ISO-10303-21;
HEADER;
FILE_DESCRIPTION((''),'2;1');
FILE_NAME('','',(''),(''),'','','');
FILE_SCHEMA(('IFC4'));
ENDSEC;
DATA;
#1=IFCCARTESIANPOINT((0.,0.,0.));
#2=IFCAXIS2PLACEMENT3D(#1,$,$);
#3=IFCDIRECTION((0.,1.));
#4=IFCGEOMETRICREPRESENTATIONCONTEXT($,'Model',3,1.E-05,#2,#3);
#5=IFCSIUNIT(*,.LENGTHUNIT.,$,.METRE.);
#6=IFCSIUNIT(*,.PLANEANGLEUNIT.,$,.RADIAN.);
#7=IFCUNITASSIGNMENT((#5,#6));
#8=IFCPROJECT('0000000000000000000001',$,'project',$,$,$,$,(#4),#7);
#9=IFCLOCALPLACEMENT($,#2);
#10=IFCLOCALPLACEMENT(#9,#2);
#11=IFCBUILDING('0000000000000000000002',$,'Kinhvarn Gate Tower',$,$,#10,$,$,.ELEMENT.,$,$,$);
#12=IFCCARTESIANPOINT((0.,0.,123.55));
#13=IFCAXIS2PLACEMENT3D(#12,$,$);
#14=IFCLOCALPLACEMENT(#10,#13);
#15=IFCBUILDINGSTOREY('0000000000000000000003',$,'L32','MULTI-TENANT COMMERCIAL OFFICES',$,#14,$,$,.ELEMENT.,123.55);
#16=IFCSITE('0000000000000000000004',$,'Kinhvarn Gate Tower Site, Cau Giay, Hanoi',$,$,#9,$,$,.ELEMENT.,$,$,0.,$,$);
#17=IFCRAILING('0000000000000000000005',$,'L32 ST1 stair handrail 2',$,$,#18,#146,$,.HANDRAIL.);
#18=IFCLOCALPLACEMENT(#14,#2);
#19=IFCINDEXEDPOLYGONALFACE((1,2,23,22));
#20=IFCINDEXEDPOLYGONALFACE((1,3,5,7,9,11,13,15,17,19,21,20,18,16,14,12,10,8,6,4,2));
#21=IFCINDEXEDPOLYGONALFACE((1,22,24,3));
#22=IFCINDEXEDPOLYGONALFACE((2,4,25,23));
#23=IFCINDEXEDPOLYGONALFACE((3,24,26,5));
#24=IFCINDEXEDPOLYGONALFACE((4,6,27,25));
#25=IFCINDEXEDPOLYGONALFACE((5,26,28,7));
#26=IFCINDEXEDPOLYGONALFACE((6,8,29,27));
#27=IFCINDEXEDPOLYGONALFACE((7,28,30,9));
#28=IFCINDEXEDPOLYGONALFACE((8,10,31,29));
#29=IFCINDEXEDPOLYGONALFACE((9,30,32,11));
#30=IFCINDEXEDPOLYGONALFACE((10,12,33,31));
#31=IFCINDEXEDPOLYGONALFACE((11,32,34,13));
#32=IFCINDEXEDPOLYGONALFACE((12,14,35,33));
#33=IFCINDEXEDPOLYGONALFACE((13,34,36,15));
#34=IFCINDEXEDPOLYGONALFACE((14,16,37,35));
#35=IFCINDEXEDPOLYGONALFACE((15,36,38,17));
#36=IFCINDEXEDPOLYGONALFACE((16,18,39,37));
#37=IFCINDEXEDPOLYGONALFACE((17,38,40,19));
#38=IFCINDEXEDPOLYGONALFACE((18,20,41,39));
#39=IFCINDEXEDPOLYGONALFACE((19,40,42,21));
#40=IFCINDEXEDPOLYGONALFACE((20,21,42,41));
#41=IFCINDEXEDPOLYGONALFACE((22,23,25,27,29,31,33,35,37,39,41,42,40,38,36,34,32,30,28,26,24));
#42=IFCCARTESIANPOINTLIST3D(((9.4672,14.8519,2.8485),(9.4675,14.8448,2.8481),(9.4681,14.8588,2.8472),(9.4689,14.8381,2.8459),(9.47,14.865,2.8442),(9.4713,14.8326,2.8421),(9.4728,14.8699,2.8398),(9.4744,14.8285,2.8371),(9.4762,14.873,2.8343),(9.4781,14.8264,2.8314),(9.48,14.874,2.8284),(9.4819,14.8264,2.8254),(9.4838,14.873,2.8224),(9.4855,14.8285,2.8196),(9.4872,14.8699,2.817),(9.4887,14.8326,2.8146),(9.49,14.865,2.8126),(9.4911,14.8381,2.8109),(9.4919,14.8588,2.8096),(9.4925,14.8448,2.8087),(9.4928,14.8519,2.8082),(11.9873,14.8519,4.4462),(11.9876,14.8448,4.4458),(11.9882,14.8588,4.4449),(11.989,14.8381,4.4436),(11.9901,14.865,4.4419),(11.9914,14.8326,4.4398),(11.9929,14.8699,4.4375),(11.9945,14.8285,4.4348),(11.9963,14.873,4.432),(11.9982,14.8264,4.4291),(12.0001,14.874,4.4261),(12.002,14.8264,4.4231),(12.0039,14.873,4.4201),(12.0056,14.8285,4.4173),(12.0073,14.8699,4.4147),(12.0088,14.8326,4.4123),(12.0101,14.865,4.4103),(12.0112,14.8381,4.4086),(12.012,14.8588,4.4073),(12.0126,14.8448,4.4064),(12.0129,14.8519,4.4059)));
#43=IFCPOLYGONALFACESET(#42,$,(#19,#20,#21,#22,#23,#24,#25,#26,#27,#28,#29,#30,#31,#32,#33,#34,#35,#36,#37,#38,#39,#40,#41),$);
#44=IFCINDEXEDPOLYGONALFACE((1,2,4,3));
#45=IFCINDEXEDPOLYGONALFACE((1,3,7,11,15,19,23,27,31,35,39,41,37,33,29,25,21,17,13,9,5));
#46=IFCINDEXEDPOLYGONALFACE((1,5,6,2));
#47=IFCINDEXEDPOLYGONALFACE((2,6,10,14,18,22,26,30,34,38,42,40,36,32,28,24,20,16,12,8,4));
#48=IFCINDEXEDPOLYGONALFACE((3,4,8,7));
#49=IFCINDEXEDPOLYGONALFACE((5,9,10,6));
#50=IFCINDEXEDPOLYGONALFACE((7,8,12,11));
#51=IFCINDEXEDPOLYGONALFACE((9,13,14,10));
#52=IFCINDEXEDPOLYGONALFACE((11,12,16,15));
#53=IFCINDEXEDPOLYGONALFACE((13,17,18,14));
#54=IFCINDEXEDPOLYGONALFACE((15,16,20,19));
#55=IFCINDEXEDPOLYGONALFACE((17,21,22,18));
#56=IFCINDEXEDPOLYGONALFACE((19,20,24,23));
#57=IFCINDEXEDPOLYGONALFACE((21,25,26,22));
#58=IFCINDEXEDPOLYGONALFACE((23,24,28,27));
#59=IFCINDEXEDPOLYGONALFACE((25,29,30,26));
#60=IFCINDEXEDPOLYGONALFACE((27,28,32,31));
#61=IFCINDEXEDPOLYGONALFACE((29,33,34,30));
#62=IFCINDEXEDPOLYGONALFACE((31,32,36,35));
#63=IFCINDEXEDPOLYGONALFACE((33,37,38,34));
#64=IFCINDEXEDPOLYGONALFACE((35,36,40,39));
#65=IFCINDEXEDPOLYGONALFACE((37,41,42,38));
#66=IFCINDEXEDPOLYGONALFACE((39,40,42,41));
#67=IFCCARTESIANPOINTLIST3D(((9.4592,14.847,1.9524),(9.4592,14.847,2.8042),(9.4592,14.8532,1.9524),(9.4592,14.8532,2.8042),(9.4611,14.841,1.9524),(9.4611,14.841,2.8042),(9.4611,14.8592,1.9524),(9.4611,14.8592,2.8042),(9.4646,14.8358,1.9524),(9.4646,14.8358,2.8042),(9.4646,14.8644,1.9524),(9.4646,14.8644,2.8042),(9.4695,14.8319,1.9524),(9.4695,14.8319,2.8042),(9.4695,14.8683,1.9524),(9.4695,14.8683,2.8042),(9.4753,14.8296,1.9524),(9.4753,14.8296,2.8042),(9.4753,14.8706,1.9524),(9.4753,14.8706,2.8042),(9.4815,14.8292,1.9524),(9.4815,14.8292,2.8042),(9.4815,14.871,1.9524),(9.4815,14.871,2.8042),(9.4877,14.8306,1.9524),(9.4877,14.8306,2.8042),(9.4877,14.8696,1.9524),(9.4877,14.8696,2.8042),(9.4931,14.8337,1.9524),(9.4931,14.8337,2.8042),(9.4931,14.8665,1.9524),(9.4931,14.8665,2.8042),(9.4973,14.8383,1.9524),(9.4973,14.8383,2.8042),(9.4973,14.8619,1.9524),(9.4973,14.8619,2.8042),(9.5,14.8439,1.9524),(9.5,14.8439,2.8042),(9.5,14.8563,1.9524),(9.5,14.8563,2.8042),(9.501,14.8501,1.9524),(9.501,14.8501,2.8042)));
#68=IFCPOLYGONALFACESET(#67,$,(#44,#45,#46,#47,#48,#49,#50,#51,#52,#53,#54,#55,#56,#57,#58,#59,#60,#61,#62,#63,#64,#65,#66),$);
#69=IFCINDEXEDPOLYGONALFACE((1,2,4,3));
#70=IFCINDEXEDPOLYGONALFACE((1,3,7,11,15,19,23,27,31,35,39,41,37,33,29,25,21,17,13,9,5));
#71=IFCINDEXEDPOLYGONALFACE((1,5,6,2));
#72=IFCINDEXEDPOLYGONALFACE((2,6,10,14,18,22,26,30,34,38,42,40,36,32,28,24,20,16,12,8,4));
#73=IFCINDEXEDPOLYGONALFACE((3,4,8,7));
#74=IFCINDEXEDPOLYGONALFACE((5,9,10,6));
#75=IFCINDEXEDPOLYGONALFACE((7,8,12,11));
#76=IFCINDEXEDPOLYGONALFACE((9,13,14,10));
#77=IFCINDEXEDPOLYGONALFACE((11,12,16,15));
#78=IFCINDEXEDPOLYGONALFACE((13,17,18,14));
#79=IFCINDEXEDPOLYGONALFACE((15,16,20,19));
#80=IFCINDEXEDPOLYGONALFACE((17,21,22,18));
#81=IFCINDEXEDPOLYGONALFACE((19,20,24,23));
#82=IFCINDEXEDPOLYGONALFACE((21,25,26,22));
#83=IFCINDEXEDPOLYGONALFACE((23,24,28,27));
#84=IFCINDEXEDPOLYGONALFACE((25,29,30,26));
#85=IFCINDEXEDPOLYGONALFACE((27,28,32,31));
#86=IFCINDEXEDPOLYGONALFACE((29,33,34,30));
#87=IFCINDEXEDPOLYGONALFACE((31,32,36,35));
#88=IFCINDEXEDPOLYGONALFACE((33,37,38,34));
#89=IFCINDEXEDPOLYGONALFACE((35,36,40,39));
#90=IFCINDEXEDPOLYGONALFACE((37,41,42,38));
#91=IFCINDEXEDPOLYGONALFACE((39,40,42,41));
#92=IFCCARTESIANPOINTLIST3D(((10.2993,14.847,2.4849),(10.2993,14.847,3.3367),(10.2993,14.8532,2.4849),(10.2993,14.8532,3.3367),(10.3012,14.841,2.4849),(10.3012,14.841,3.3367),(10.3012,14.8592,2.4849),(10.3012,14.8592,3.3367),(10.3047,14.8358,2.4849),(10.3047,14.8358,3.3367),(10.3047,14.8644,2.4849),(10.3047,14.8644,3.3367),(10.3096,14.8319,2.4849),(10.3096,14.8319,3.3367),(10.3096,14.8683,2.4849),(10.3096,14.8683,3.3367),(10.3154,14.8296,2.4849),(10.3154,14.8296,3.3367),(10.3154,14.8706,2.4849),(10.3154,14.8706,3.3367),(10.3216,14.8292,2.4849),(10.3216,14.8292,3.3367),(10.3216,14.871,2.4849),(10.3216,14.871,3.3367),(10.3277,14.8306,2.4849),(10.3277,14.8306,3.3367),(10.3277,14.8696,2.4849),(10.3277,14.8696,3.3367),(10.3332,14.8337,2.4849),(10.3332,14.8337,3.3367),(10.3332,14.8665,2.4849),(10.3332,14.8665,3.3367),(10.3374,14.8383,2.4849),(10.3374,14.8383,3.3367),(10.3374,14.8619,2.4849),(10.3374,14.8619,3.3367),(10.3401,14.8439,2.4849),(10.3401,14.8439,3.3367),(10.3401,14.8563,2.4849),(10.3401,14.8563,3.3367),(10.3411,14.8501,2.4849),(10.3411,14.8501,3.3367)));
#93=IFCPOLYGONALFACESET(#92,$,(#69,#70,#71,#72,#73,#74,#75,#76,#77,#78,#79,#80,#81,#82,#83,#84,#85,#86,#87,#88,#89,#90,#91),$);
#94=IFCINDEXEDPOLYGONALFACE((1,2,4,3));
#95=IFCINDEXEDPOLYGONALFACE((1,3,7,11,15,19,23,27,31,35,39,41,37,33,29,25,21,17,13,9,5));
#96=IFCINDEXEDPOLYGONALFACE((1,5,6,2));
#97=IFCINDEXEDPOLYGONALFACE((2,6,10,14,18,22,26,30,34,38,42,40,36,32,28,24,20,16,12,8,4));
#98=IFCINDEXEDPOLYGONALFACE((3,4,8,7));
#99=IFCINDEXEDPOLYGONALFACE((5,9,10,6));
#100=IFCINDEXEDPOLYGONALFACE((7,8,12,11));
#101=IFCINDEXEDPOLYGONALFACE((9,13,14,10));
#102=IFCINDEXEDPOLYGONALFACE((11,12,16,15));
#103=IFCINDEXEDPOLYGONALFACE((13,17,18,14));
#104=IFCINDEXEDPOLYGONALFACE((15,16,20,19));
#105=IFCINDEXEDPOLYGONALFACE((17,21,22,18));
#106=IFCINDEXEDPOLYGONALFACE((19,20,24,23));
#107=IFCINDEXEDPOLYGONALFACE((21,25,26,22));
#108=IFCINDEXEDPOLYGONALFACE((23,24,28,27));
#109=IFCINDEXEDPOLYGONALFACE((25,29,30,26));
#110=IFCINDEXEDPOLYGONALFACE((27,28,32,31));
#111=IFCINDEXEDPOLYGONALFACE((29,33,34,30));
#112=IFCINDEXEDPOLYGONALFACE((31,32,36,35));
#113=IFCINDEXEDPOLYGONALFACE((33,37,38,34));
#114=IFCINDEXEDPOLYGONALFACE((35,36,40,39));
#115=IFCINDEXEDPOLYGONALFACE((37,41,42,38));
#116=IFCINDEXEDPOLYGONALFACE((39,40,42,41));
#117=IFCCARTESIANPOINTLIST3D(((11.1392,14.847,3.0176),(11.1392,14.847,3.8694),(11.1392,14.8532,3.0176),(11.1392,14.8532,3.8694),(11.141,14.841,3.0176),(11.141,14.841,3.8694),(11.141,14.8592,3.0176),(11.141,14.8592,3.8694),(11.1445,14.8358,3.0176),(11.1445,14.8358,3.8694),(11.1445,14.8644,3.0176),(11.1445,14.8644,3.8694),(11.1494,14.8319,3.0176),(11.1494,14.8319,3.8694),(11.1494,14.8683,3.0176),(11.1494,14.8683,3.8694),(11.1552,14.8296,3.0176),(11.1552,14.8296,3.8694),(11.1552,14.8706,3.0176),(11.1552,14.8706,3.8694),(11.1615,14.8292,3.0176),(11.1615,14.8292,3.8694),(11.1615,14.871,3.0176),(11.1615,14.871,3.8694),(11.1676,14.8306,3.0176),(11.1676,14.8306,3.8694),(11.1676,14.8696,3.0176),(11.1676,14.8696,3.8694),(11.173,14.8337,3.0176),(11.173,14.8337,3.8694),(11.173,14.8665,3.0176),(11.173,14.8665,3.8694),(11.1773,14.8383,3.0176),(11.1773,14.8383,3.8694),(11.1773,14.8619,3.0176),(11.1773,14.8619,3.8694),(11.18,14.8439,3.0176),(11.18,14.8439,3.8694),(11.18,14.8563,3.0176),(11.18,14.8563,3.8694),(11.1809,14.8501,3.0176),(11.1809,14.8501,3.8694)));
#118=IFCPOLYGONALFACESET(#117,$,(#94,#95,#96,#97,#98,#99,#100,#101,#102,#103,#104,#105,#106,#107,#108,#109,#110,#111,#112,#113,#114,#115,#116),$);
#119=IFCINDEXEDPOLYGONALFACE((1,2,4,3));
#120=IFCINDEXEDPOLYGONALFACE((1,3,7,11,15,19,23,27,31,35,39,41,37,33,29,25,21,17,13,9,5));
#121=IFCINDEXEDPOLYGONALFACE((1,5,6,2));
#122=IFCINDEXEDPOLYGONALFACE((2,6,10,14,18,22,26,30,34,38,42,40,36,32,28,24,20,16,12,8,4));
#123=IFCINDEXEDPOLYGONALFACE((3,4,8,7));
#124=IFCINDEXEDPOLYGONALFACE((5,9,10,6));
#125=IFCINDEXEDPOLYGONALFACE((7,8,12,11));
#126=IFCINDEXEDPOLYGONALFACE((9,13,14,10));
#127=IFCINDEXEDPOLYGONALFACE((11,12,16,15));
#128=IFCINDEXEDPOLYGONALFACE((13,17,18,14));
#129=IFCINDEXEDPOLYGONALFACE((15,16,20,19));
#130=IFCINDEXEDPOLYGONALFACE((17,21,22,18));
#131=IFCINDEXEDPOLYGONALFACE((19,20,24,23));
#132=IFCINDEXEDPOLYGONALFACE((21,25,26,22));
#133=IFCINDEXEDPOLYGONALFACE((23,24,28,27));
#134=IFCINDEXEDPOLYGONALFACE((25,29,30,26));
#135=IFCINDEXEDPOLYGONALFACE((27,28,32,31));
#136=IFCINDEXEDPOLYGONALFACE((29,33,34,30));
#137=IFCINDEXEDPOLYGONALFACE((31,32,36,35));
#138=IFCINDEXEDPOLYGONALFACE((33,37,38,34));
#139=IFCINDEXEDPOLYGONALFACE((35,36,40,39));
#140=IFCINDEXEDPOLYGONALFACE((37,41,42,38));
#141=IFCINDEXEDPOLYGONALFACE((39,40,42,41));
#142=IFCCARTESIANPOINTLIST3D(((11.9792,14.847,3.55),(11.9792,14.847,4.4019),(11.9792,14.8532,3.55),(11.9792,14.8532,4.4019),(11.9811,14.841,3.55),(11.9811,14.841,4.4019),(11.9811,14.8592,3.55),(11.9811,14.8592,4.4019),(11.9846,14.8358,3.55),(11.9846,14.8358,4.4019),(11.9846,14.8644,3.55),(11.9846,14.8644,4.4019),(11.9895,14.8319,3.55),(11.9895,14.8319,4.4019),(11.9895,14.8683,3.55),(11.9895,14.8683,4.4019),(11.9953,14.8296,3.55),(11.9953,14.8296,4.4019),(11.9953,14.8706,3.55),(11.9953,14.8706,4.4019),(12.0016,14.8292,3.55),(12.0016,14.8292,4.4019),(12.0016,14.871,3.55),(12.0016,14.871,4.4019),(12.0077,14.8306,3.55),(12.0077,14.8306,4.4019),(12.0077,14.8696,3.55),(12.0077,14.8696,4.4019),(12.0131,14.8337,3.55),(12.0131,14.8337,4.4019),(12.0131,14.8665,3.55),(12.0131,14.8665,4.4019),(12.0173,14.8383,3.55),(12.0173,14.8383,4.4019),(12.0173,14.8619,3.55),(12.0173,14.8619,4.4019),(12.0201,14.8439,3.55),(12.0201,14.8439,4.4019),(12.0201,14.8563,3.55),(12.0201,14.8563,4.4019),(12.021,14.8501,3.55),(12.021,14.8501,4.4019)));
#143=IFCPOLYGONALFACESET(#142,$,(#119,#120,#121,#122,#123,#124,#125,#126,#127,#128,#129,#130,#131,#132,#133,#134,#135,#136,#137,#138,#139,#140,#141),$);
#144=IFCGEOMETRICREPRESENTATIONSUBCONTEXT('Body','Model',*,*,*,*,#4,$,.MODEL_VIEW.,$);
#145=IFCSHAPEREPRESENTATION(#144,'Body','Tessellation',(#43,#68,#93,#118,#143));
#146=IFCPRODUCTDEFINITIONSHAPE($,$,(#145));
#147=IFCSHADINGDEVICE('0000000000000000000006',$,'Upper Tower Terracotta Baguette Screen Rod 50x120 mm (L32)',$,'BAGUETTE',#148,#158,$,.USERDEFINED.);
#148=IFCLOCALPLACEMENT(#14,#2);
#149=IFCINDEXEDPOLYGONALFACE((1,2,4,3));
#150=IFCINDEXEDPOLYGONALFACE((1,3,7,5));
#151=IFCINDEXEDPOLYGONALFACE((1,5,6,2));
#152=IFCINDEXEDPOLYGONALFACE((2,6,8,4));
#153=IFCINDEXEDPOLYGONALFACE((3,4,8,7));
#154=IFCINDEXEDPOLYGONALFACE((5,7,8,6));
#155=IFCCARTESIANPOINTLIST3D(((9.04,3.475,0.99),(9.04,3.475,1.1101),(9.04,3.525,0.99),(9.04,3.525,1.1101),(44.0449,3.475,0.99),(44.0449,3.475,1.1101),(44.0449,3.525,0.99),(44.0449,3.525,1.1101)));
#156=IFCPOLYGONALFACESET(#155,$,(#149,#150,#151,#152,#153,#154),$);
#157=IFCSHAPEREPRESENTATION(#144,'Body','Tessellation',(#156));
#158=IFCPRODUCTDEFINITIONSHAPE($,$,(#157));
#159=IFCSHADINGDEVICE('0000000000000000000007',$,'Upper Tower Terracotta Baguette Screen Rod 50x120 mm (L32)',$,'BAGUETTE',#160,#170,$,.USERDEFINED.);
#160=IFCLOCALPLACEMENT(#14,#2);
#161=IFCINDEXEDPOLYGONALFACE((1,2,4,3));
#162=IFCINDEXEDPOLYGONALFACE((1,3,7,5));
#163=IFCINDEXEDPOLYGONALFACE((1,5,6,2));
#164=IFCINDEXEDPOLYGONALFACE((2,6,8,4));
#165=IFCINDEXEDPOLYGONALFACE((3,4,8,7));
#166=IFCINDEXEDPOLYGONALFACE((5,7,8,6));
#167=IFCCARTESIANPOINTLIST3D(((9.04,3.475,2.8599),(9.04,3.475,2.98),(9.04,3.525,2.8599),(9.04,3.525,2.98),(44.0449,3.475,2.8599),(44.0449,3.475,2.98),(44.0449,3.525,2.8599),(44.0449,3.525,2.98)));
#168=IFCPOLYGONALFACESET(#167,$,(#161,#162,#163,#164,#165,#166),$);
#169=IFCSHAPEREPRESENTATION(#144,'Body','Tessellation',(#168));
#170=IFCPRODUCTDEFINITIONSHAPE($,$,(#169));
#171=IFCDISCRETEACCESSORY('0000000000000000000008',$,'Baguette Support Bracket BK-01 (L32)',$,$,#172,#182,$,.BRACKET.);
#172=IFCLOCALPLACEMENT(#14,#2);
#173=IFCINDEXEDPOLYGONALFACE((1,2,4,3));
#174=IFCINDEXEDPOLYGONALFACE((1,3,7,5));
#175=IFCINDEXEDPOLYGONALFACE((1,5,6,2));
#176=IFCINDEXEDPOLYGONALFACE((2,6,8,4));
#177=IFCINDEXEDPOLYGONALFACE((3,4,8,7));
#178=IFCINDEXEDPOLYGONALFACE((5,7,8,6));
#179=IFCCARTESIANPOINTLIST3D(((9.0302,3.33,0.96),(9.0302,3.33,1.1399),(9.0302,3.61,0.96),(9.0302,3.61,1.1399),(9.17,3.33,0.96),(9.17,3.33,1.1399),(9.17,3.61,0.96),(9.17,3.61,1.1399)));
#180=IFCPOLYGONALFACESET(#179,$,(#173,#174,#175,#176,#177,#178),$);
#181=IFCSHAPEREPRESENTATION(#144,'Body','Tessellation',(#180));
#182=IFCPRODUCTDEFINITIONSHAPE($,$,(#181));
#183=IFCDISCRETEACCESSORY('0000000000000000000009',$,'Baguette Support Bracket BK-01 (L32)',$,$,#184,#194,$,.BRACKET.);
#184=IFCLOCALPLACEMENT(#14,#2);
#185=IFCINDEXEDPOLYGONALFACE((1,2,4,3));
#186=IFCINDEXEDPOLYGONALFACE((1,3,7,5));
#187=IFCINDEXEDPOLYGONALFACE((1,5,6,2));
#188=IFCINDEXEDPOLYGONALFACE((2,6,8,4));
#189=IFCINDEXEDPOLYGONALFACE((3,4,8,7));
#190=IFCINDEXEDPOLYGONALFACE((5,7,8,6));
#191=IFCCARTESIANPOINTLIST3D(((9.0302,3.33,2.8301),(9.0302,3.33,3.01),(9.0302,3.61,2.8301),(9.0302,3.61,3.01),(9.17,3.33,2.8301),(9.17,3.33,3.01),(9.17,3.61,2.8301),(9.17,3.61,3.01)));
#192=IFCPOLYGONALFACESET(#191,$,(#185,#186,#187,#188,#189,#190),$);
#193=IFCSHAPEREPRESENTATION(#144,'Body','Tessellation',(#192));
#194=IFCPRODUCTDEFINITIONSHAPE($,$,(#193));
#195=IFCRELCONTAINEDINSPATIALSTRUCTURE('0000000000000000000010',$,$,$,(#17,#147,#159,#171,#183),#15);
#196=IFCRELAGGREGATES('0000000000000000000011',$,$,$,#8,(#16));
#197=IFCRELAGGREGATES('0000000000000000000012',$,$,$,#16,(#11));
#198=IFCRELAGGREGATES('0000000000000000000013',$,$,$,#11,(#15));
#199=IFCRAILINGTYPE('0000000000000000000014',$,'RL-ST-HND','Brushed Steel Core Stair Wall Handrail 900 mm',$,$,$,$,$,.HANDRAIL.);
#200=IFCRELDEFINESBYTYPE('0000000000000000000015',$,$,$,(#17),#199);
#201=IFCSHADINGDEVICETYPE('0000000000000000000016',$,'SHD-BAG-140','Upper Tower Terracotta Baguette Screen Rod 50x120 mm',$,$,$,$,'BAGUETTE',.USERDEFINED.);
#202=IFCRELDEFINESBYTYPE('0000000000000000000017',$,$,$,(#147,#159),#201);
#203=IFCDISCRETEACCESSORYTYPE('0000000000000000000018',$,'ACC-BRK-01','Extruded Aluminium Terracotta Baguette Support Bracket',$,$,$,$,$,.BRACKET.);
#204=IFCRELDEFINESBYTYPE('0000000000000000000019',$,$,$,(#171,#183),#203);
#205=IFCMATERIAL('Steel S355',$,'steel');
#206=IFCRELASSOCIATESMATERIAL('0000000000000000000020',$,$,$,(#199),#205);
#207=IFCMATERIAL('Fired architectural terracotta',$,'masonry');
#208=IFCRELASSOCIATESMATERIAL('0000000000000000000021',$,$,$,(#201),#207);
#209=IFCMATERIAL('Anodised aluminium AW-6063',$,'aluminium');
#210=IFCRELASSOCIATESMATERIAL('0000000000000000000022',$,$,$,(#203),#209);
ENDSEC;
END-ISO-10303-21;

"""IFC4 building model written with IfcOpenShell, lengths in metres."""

from ifc_helpers import new_model, si_unit, direction, frame, origin, origin_2d, place, context, subcontext, project, spatial, rectangle, circle, extrude, material, material_profile, profile_set, type_object, element, save


model = new_model("IFC4")

# Units and contexts
model_context = context("Model", 3, precision=1e-05, world=origin(), true_north=direction((0.0, 1.0)))
body_context = subcontext(model_context, "Body", "Model", "MODEL_VIEW")
ifc_project = project(units=[si_unit("LENGTHUNIT", "METRE"), si_unit("PLANEANGLEUNIT", "RADIAN")], contexts=[model_context])

# Site, building, storey
site_placement = place(None, origin())
site = spatial("IfcSite", under=ifc_project, at=site_placement, Name="Kinhvarn Gate Tower Site, Cau Giay, Hanoi", CompositionType="ELEMENT", RefElevation=0.0)
building_placement = place(site_placement, origin())
building = spatial("IfcBuilding", under=site, at=building_placement, Name="Kinhvarn Gate Tower", CompositionType="ELEMENT")
storey_placement = place(building_placement, frame((0.0, 0.0, 123.55)))
storey = spatial("IfcBuildingStorey", under=building, at=storey_placement, Name="L32", Description="MULTI-TENANT COMMERCIAL OFFICES", CompositionType="ELEMENT", Elevation=123.55)

# Shared definitions
ifc_material_1 = material(Name="Anodised aluminium AW-6063", Category="aluminium")

# Shared definitions
ifc_material_2 = material(Name="Steel S355", Category="steel")

# Shared definitions
ifc_material_3 = material(Name="Fired architectural terracotta", Category="masonry")

# Railing
railing_type_1 = type_object("IfcRailingType", Name="RL-ST-HND", Description="Brushed Steel Core Stair Wall Handrail 900 mm", PredefinedType="HANDRAIL", material=ifc_material_2)
railing_1_placement = place(storey_placement, frame((9.48, 14.8501, 1.9524)))
element("IfcRailing", 1, at=railing_1_placement, inside=storey, type_object=railing_type_1, Name="L32 ST1 stair handrail 2", PredefinedType="HANDRAIL", context=body_context, shape_type="SweptSolid", body=[
    extrude(circle(Radius=0.0239, at=origin_2d()), frame((0.0, 0.0, 0.876), z_axis=(0.84457, 0.0, 0.535445), x_axis=(0.0, 1.0, 0.0)), (0.0, 0.0, 1.0), 2.9839),
    extrude(circle(Radius=0.021, at=origin_2d()), origin(), (0.0, 0.0, 1.0), 0.8518),
    extrude(circle(Radius=0.021, at=origin_2d()), frame((0.8401, 0.0, 0.5325)), (0.0, 0.0, 1.0), 0.8518),
    extrude(circle(Radius=0.021, at=origin_2d()), frame((1.6799, 0.0, 1.0652)), (0.0, 0.0, 1.0), 0.8518),
    extrude(circle(Radius=0.021, at=origin_2d()), frame((2.52, 0.0, 1.5977)), (0.0, 0.0, 1.0), 0.8518),
])

# Shading devices
ifc_material_profile_1 = material_profile(ifc_material_3, rectangle(XDim=0.05, YDim=0.1201, at=origin_2d()), Name="TC 50x120")
ifc_profile_set_1 = profile_set([ifc_material_profile_1], Name="Fired architectural terracotta")
shading_device_type = type_object("IfcShadingDeviceType", Name="SHD-BAG-140", Description="Upper Tower Terracotta Baguette Screen Rod 50x120 mm", ElementType="BAGUETTE", PredefinedType="USERDEFINED", material=ifc_profile_set_1)
for number, where, z_axis, x_axis, name in (
    (2, (9.04, 3.5, 1.05), (1.0, 0.0, 0.0), (0.0, 1.0, 0.0), "Upper Tower Terracotta Baguette Screen Rod 50x120 mm (L32)"),
    (3, (9.04, 3.5, 2.9199), (1.0, 0.0, 0.0), (0.0, 1.0, 0.0), "Upper Tower Terracotta Baguette Screen Rod 50x120 mm (L32)"),
):
    element("IfcShadingDevice", number, at=place(storey_placement, frame(where, z_axis=z_axis, x_axis=x_axis)), inside=storey, type_object=shading_device_type, Name=name, ObjectType="BAGUETTE", PredefinedType="USERDEFINED", context=body_context, shape_type="SweptSolid", body=[
        extrude(rectangle(XDim=0.05, YDim=0.1201, at=origin_2d()), origin(), (0.0, 0.0, 1.0), 35.0049),
    ])

# Discrete accessories
discrete_accessory_type = type_object("IfcDiscreteAccessoryType", Name="ACC-BRK-01", Description="Extruded Aluminium Terracotta Baguette Support Bracket", PredefinedType="BRACKET", material=ifc_material_1)
for number, where, z_axis, x_axis, name in (
    (4, (9.1001, 3.47, 0.96), (0.0, 0.0, 1.0), (1.0, 0.0, 0.0), "Baguette Support Bracket BK-01 (L32)"),
    (5, (9.1001, 3.47, 2.8301), (0.0, 0.0, 1.0), (1.0, 0.0, 0.0), "Baguette Support Bracket BK-01 (L32)"),
):
    element("IfcDiscreteAccessory", number, at=place(storey_placement, frame(where, z_axis=z_axis, x_axis=x_axis)), inside=storey, type_object=discrete_accessory_type, Name=name, PredefinedType="BRACKET", context=body_context, shape_type="SweptSolid", body=[
        extrude(rectangle(XDim=0.1399, YDim=0.28, at=origin_2d()), origin(), (0.0, 0.0, 1.0), 0.1799),
    ])

save(model, "model.ifc")
